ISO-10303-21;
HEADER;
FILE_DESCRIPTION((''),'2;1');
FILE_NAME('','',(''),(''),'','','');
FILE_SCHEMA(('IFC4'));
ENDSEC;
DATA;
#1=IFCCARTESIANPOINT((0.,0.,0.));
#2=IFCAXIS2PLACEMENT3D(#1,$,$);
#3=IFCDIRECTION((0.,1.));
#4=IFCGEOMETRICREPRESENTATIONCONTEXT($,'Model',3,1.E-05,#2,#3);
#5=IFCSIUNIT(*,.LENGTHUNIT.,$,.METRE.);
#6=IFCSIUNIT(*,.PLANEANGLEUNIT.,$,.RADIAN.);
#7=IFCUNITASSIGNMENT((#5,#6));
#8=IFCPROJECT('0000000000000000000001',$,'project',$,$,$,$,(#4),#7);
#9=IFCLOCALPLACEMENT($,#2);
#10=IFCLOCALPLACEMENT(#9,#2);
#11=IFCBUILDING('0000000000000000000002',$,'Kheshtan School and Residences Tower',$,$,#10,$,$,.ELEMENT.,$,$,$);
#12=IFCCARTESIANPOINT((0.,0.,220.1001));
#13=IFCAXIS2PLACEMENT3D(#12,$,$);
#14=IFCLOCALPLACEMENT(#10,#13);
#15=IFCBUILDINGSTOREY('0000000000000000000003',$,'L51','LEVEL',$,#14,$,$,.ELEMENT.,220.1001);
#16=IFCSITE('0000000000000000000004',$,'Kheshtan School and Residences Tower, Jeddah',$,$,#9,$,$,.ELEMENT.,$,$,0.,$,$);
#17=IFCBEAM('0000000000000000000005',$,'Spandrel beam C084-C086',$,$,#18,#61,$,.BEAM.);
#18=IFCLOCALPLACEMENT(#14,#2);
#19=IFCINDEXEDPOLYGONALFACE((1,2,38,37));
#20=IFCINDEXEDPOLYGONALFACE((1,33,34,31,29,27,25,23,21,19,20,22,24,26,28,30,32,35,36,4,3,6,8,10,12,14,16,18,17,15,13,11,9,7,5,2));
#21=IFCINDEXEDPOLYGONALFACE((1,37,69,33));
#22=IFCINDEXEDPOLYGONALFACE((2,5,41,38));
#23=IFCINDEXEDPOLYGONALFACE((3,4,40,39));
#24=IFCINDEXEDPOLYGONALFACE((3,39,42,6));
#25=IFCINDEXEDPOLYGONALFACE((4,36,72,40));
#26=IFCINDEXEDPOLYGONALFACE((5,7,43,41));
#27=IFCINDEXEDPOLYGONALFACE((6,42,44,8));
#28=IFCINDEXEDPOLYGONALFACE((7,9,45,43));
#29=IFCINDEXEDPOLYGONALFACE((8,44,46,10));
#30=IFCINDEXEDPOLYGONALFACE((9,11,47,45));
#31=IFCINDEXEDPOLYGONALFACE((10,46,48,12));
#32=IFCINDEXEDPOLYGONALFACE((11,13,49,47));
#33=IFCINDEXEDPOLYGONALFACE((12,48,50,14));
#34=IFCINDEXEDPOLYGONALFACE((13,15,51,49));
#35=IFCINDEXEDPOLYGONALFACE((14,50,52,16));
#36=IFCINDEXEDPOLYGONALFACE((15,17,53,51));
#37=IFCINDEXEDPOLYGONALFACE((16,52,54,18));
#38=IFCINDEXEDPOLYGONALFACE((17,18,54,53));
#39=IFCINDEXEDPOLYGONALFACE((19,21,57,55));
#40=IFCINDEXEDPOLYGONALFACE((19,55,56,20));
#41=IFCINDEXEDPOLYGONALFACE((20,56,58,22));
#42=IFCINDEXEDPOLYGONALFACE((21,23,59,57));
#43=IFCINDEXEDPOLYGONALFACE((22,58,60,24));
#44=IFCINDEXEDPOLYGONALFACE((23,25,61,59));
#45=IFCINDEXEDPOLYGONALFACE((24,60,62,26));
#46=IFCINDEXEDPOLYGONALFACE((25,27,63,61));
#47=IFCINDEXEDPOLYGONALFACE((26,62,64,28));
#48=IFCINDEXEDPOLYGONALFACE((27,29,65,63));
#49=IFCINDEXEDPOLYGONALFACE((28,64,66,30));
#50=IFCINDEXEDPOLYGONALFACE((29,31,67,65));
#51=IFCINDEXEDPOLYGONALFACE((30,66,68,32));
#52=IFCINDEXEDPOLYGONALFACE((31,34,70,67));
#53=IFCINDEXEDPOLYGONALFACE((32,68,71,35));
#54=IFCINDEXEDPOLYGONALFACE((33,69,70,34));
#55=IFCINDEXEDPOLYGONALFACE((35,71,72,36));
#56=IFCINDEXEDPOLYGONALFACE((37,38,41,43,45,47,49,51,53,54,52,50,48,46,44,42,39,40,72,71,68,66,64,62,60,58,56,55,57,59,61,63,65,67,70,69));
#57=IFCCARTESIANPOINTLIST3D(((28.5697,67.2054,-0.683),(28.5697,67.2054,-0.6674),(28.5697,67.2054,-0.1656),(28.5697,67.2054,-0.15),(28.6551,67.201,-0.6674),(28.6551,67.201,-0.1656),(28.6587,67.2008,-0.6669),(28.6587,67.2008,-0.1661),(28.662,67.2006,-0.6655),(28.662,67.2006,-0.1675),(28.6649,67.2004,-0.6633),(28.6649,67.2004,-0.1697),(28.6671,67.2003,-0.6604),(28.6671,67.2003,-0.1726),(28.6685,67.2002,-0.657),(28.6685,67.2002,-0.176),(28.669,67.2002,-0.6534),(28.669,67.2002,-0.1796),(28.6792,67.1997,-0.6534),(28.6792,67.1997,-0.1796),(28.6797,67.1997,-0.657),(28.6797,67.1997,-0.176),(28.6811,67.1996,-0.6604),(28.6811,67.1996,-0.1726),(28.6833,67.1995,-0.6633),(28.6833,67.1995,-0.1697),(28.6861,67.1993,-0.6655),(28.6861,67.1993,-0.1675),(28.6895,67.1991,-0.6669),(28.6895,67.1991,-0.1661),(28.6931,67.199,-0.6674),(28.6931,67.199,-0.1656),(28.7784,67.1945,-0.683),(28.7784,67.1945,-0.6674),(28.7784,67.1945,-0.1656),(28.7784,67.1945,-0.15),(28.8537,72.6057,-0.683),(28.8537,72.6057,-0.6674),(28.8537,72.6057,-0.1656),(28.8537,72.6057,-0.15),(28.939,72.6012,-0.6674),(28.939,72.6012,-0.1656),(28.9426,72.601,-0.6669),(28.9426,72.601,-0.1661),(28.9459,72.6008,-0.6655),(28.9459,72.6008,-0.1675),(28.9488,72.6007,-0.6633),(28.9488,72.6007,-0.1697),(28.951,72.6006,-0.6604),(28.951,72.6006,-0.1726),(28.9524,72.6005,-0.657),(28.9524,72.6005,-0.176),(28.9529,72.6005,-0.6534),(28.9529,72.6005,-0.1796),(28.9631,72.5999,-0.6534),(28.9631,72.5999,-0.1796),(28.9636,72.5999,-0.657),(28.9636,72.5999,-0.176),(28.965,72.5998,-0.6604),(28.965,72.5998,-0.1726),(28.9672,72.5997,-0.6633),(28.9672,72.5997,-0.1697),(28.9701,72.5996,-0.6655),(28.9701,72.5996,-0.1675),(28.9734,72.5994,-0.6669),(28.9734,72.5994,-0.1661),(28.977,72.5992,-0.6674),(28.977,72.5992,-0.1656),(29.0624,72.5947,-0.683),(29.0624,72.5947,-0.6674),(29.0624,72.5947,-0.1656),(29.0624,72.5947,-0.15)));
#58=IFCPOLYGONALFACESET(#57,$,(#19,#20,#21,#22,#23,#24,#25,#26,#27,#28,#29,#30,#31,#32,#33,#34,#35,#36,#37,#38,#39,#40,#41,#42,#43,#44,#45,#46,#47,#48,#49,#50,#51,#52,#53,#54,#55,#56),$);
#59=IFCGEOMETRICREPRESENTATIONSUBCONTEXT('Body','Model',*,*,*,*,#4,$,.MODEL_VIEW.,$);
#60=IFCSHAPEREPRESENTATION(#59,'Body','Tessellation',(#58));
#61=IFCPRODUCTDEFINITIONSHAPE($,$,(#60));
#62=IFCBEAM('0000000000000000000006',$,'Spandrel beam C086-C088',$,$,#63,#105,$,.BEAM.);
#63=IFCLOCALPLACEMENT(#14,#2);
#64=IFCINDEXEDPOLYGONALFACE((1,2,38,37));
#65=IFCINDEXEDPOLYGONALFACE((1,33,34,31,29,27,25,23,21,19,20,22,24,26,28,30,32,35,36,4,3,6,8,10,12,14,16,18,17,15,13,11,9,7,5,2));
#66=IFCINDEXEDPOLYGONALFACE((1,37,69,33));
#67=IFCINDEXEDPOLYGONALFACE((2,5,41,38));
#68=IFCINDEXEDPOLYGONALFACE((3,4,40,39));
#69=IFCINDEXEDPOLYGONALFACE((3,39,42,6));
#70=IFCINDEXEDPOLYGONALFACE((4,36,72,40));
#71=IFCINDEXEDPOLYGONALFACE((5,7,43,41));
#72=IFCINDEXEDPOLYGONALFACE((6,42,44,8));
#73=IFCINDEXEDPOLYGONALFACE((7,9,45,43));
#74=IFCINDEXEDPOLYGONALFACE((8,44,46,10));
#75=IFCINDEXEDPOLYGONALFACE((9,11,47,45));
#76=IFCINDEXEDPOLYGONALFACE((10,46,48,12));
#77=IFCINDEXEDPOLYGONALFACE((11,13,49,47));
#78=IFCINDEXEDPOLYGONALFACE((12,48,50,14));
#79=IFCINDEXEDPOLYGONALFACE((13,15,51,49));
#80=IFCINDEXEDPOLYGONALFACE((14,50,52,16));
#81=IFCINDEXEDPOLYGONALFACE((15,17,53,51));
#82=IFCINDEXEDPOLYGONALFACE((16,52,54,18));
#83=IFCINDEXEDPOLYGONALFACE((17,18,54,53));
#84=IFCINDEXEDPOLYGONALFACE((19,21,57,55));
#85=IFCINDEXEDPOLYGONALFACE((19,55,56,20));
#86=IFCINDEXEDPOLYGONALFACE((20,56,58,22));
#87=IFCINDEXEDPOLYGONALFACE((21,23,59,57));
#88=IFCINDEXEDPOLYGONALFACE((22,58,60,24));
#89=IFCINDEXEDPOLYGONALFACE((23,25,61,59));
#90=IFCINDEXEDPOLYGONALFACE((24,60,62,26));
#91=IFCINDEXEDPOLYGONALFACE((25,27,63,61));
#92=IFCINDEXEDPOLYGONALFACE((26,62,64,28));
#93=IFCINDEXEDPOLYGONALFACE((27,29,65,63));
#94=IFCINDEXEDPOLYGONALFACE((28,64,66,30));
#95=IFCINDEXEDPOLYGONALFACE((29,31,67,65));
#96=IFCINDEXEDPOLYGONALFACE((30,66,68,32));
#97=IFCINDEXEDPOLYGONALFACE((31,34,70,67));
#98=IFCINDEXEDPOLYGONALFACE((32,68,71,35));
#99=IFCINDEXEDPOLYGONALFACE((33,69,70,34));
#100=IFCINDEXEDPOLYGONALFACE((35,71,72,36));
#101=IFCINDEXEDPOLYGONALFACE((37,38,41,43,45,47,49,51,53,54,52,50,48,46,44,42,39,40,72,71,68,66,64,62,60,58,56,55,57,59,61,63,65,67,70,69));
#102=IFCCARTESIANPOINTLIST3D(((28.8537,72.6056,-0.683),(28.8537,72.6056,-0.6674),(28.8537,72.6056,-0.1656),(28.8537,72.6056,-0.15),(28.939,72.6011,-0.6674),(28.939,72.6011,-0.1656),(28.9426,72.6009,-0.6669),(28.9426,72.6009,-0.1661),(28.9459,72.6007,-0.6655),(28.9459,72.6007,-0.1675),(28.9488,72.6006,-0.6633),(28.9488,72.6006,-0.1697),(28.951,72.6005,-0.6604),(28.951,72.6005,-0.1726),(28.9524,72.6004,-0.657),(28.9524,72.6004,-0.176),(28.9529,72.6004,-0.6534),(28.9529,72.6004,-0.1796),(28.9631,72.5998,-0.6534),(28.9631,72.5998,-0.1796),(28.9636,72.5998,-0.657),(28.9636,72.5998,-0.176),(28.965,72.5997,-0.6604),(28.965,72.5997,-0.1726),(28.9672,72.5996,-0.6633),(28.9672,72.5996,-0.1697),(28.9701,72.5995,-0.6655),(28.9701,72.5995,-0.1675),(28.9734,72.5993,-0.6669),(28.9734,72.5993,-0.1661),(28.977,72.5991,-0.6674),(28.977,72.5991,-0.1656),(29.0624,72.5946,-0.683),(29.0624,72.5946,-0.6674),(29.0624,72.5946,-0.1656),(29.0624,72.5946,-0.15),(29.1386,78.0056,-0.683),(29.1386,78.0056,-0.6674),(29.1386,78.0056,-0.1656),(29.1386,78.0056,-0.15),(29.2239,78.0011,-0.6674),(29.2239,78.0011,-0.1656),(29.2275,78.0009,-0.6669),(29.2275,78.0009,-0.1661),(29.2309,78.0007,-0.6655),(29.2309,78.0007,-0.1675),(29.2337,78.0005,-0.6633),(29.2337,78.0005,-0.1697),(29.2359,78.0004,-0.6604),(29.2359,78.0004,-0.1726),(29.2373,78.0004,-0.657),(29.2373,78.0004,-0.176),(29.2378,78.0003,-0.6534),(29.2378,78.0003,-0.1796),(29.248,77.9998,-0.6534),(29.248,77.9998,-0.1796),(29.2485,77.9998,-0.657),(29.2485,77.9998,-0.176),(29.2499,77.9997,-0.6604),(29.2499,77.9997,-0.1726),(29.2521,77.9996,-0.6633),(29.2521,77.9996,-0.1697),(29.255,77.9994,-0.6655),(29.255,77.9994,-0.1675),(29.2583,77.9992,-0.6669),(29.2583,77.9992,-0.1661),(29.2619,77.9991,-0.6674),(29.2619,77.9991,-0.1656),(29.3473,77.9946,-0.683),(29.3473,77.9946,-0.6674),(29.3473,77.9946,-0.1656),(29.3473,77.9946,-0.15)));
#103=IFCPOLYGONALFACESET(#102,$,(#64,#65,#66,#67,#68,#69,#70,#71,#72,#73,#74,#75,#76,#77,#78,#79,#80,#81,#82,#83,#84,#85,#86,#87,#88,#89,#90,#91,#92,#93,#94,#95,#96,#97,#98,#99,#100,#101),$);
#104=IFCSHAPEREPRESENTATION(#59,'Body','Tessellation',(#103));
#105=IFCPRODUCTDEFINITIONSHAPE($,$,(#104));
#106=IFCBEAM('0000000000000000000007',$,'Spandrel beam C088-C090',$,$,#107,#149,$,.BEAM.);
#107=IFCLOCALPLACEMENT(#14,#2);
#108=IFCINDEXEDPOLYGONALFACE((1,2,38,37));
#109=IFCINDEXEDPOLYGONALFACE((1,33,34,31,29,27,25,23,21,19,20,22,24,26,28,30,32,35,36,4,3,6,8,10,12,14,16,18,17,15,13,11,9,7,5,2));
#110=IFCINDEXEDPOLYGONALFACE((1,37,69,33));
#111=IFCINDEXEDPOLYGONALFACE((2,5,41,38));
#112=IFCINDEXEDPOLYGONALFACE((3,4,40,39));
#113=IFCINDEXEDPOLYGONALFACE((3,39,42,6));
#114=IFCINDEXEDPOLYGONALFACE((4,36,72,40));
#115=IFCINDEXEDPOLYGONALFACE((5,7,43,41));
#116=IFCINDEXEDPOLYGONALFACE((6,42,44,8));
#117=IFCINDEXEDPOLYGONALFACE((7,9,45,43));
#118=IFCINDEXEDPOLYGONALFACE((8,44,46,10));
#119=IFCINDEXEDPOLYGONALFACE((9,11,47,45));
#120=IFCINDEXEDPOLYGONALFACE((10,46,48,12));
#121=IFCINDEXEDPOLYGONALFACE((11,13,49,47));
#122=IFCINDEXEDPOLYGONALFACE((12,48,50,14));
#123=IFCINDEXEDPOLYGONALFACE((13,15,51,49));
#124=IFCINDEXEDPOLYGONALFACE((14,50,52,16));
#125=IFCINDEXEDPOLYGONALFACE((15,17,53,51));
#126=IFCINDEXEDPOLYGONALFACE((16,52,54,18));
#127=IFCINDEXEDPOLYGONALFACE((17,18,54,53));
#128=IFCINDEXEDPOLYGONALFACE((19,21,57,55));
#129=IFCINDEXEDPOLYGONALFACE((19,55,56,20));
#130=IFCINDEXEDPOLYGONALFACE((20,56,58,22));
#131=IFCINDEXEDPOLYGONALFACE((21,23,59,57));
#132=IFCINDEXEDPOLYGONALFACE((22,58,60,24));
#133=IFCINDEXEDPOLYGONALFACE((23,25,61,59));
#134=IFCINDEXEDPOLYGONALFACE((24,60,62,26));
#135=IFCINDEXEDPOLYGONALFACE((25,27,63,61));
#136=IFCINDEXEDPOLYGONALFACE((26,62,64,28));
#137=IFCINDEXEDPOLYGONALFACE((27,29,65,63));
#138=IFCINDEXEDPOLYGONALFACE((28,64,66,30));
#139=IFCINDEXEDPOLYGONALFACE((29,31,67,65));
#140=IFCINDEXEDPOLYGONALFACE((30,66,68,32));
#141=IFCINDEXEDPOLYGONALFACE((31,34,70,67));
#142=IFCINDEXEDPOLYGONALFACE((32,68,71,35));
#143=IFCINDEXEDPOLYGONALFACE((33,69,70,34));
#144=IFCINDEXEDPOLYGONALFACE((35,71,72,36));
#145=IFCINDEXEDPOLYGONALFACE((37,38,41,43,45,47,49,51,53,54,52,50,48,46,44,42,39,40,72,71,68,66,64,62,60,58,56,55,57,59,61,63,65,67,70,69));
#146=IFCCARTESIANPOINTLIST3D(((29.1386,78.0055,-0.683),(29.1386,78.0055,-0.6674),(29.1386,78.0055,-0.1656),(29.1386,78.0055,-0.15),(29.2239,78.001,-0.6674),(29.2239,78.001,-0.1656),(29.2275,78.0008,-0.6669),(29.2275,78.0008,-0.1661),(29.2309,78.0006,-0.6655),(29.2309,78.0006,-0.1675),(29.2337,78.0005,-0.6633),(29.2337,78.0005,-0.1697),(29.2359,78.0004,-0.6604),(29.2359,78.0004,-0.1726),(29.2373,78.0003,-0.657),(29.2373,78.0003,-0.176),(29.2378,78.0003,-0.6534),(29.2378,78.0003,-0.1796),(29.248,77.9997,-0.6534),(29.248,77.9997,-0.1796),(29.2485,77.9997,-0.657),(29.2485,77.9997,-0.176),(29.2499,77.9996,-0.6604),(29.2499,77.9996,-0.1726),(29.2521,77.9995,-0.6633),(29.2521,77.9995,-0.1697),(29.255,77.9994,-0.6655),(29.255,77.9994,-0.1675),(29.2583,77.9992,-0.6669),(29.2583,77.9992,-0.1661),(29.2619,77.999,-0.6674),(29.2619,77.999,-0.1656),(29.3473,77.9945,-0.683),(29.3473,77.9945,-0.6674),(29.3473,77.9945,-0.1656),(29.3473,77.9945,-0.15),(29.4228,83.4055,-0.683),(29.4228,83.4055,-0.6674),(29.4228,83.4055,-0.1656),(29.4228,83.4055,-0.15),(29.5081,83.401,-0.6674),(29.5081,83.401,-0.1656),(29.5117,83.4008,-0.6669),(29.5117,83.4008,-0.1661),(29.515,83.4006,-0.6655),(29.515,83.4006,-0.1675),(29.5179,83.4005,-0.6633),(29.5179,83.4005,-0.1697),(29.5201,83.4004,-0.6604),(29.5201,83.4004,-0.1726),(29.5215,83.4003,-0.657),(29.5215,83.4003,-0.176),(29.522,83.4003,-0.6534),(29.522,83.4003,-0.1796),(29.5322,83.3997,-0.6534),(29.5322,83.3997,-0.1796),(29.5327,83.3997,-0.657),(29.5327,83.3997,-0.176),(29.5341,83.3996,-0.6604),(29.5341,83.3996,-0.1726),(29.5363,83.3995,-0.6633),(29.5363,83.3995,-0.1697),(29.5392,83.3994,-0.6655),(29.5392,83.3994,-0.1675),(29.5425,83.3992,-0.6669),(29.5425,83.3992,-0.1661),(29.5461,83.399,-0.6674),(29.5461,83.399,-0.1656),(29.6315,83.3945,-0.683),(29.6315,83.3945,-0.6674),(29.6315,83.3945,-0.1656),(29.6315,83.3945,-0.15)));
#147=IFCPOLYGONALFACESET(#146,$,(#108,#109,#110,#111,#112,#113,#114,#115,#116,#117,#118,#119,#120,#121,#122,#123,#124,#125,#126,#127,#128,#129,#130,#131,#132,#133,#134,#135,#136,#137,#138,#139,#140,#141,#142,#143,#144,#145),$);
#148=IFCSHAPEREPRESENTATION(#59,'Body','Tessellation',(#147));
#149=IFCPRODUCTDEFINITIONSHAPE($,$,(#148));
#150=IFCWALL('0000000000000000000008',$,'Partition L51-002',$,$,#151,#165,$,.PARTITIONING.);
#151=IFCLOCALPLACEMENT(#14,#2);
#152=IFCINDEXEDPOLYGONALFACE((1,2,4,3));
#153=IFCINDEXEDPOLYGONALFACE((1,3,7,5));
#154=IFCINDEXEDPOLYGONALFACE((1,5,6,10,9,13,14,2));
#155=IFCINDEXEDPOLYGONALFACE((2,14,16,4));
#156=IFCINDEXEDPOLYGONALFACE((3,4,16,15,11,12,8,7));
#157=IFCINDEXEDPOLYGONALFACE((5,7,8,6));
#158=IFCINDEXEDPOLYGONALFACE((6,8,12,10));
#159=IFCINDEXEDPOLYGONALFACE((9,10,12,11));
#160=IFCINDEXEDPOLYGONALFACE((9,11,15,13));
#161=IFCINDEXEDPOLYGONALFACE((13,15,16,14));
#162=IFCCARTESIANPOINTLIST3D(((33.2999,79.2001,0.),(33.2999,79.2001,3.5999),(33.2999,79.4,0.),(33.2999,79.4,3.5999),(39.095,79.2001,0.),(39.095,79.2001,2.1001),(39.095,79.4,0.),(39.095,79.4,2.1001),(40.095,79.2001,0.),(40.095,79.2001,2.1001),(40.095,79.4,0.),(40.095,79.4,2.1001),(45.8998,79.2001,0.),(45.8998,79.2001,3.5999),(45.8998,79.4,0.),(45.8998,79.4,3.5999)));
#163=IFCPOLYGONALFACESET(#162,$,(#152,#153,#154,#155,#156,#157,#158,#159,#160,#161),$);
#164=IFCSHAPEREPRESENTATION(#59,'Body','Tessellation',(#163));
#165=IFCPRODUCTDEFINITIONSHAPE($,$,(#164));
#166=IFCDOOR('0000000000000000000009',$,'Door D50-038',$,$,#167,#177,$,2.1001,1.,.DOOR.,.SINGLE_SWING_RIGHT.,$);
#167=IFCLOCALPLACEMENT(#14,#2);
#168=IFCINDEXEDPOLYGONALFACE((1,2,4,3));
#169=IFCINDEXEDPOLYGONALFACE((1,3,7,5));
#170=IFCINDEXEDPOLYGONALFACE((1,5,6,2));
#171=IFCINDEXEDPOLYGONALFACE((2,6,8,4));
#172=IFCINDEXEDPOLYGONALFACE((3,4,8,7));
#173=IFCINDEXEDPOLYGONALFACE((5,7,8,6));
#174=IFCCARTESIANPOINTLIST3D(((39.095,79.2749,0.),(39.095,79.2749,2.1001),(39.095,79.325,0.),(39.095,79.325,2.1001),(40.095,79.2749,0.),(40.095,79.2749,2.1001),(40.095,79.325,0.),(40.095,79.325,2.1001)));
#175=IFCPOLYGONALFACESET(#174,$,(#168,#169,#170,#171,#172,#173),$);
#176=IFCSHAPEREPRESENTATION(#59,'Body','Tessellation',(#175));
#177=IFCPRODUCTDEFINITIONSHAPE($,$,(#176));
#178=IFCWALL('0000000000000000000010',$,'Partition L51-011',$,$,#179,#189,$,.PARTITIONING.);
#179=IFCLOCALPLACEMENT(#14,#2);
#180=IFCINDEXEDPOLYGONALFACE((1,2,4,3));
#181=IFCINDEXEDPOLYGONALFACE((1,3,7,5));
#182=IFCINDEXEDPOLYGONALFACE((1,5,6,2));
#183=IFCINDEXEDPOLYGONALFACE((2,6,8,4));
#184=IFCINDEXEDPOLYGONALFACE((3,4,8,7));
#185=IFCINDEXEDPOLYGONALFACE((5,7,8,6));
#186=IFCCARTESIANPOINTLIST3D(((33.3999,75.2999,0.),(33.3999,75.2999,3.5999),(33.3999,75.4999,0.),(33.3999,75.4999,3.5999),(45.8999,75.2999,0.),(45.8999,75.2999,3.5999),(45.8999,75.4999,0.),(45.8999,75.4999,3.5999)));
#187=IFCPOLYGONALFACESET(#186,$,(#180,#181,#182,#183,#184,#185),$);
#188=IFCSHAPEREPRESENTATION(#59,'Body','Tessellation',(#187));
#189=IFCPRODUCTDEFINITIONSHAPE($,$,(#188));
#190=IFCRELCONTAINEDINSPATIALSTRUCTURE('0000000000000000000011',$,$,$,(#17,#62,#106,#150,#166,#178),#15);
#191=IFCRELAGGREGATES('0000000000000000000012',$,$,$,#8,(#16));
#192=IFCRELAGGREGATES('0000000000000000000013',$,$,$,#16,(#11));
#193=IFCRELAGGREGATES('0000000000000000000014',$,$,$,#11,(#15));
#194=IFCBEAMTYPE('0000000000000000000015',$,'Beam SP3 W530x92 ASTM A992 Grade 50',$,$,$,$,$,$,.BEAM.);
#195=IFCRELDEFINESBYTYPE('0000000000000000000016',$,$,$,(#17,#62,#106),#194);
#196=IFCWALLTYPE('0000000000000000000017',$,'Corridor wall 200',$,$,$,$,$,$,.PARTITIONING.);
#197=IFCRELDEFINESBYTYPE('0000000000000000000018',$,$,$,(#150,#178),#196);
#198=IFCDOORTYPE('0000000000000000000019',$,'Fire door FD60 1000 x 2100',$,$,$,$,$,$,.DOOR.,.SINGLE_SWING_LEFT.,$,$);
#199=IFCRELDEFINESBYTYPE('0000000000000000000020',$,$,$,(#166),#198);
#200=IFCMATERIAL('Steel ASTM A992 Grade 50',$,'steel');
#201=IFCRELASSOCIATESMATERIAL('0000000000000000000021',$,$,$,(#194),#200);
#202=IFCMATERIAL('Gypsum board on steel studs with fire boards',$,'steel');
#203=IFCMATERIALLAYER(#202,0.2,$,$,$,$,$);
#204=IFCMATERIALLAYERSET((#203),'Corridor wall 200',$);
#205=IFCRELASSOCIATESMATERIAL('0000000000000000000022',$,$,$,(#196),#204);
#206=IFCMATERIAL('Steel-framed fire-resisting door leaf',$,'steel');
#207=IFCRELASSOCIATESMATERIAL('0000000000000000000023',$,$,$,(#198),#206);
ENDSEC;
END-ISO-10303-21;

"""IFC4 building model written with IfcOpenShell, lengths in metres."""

from ifc_helpers import new_model, si_unit, direction, frame, frame_2d, origin, origin_2d, place, context, subcontext, project, spatial, rectangle, i_section, extrude, source, transform, mapped, material, layer, layer_set, material_profile, profile_set, type_object, element, fill, save


model = new_model("IFC4")

# Units and contexts
model_context = context("Model", 3, precision=1e-05, world=origin(), true_north=direction((0.0, 1.0)))
body_context = subcontext(model_context, "Body", "Model", "MODEL_VIEW")
ifc_project = project(units=[si_unit("LENGTHUNIT", "METRE"), si_unit("PLANEANGLEUNIT", "RADIAN")], contexts=[model_context])

# Site, building, storey
site_placement = place(None, origin())
site = spatial("IfcSite", under=ifc_project, at=site_placement, Name="Kheshtan School and Residences Tower, Jeddah", CompositionType="ELEMENT", RefElevation=0.0)
building_placement = place(site_placement, origin())
building = spatial("IfcBuilding", under=site, at=building_placement, Name="Kheshtan School and Residences Tower", CompositionType="ELEMENT")
storey_placement = place(building_placement, frame((0.0, 0.0, 220.1001)))
storey = spatial("IfcBuildingStorey", under=building, at=storey_placement, Name="L51", Description="LEVEL", CompositionType="ELEMENT", Elevation=220.1001)

# Shared definitions
ifc_material_1 = material(Name="Steel ASTM A992 Grade 50", Category="steel")

# Beams
ifc_material_profile_1 = material_profile(ifc_material_1, i_section(OverallWidth=0.209, OverallDepth=0.533, WebThickness=0.0103, FlangeThickness=0.0156, FilletRadius=0.0139, at=origin_2d()), Name="W530x92")
ifc_profile_set_1 = profile_set([ifc_material_profile_1], Name="Steel ASTM A992 Grade 50")
beam_type_1 = type_object("IfcBeamType", Name="Beam SP3 W530x92 ASTM A992 Grade 50", PredefinedType="BEAM", material=ifc_profile_set_1)
beam_1_placement = place(storey_placement, frame((28.6741, 67.2, -0.4165), z_axis=(0.052507, 0.998621, 0.0), x_axis=(-0.998621, 0.052507, 0.0)))
element("IfcBeam", 1, at=beam_1_placement, inside=storey, type_object=beam_type_1, Name="Spandrel beam C084-C086", PredefinedType="BEAM", context=body_context, shape_type="SweptSolid", body=[
    extrude(i_section(OverallWidth=0.209, OverallDepth=0.533, WebThickness=0.0103, FlangeThickness=0.0156, FilletRadius=0.0139, at=origin_2d()), origin(), (0.0, 0.0, 1.0), 5.4077),
])
for number, where, z_axis, x_axis, name in (
    (2, (28.958, 72.6001, -0.4165), (0.052689, 0.998611, 0.0), (-0.998611, 0.052689, 0.0), "Spandrel beam C086-C088"),
    (3, (29.2429, 78.0, -0.4165), (0.052554, 0.998618, 0.0), (-0.998618, 0.052554, 0.0), "Spandrel beam C088-C090"),
):
    element("IfcBeam", number, at=place(storey_placement, frame(where, z_axis=z_axis, x_axis=x_axis)), inside=storey, type_object=beam_type_1, Name=name, PredefinedType="BEAM", context=body_context, shape_type="SweptSolid", body=[
        extrude(i_section(OverallWidth=0.209, OverallDepth=0.533, WebThickness=0.0103, FlangeThickness=0.0156, FilletRadius=0.0139, at=origin_2d()), origin(), (0.0, 0.0, 1.0), 5.4075),
    ])

# Wall, opening, door
ifc_material_2 = material(Name="Gypsum board on steel studs with fire boards", Category="steel")
ifc_layer_1 = layer(ifc_material_2, 0.2)
ifc_layer_set_1 = layer_set([ifc_layer_1], Name="Corridor wall 200")
wall_type_1 = type_object("IfcWallType", Name="Corridor wall 200", PredefinedType="PARTITIONING", material=ifc_layer_set_1)
wall_1_placement = place(storey_placement, frame((33.3, 79.3, 0.0), z_axis=(0.0, 0.0, 1.0), x_axis=(1.0, 0.0, 0.0)))
wall_1 = element("IfcWall", 4, at=wall_1_placement, inside=storey, type_object=wall_type_1, Name="Partition L51-002", PredefinedType="PARTITIONING", context=body_context, shape_type="SweptSolid", body=[
    extrude(rectangle(XDim=12.5999, YDim=0.2, at=frame_2d((6.2998, 0.0))), origin(), (0.0, 0.0, 1.0), 3.5999),
])
opening_1_placement = place(wall_1_placement, frame((5.7949, 0.0, 0.0)))
opening_1 = element("IfcOpeningElement", 5, at=opening_1_placement, cuts=wall_1, PredefinedType="OPENING", context=body_context, shape_type="SweptSolid", body=[
    extrude(rectangle(XDim=1.0, YDim=2.1001, at=frame_2d((0.5, 1.05))), frame((0.0, 0.1099, 0.0), z_axis=(0.0, -1.0, 0.0), x_axis=(1.0, 0.0, 0.0)), (0.0, 0.0, 1.0), 0.22),
])
ifc_material_3 = material(Name="Steel-framed fire-resisting door leaf", Category="steel")
door_type_1 = type_object("IfcDoorType", Name="Fire door FD60 1000 x 2100", OperationType="SINGLE_SWING_LEFT", PredefinedType="DOOR", material=ifc_material_3)
shared_shape_1 = source(origin(), body_context, "Body", "SweptSolid", [
    extrude(rectangle(XDim=1.0, YDim=2.1001, at=frame_2d((0.5, 1.05))), frame((0.0, 0.0249, 0.0), z_axis=(0.0, -1.0, 0.0), x_axis=(1.0, 0.0, 0.0)), (0.0, 0.0, 1.0), 0.05),
])
door_1_placement = place(opening_1_placement, origin())
door_1 = element("IfcDoor", 6, at=door_1_placement, inside=storey, type_object=door_type_1, Name="Door D50-038", OperationType="SINGLE_SWING_RIGHT", OverallHeight=2.1001, OverallWidth=1.0, PredefinedType="DOOR", context=body_context, shape_type="MappedRepresentation", body=[
    mapped(shared_shape_1, transform((0.0, 0.0, 0.0), x_axis=(1.0, 0.0, 0.0), y_axis=(0.0, 1.0, 0.0), z_axis=(0.0, 0.0, 1.0), scale=1.0)),
])
fill(opening_1, door_1)

# Wall
wall_2_placement = place(storey_placement, frame((33.3999, 75.3999, 0.0), z_axis=(0.0, 0.0, 1.0), x_axis=(1.0, 0.0, 0.0)))
element("IfcWall", 7, at=wall_2_placement, inside=storey, type_object=wall_type_1, Name="Partition L51-011", PredefinedType="PARTITIONING", context=body_context, shape_type="SweptSolid", body=[
    extrude(rectangle(XDim=12.5, YDim=0.2, at=frame_2d((6.25, 0.0))), origin(), (0.0, 0.0, 1.0), 3.5999),
])

save(model, "model.ifc")
